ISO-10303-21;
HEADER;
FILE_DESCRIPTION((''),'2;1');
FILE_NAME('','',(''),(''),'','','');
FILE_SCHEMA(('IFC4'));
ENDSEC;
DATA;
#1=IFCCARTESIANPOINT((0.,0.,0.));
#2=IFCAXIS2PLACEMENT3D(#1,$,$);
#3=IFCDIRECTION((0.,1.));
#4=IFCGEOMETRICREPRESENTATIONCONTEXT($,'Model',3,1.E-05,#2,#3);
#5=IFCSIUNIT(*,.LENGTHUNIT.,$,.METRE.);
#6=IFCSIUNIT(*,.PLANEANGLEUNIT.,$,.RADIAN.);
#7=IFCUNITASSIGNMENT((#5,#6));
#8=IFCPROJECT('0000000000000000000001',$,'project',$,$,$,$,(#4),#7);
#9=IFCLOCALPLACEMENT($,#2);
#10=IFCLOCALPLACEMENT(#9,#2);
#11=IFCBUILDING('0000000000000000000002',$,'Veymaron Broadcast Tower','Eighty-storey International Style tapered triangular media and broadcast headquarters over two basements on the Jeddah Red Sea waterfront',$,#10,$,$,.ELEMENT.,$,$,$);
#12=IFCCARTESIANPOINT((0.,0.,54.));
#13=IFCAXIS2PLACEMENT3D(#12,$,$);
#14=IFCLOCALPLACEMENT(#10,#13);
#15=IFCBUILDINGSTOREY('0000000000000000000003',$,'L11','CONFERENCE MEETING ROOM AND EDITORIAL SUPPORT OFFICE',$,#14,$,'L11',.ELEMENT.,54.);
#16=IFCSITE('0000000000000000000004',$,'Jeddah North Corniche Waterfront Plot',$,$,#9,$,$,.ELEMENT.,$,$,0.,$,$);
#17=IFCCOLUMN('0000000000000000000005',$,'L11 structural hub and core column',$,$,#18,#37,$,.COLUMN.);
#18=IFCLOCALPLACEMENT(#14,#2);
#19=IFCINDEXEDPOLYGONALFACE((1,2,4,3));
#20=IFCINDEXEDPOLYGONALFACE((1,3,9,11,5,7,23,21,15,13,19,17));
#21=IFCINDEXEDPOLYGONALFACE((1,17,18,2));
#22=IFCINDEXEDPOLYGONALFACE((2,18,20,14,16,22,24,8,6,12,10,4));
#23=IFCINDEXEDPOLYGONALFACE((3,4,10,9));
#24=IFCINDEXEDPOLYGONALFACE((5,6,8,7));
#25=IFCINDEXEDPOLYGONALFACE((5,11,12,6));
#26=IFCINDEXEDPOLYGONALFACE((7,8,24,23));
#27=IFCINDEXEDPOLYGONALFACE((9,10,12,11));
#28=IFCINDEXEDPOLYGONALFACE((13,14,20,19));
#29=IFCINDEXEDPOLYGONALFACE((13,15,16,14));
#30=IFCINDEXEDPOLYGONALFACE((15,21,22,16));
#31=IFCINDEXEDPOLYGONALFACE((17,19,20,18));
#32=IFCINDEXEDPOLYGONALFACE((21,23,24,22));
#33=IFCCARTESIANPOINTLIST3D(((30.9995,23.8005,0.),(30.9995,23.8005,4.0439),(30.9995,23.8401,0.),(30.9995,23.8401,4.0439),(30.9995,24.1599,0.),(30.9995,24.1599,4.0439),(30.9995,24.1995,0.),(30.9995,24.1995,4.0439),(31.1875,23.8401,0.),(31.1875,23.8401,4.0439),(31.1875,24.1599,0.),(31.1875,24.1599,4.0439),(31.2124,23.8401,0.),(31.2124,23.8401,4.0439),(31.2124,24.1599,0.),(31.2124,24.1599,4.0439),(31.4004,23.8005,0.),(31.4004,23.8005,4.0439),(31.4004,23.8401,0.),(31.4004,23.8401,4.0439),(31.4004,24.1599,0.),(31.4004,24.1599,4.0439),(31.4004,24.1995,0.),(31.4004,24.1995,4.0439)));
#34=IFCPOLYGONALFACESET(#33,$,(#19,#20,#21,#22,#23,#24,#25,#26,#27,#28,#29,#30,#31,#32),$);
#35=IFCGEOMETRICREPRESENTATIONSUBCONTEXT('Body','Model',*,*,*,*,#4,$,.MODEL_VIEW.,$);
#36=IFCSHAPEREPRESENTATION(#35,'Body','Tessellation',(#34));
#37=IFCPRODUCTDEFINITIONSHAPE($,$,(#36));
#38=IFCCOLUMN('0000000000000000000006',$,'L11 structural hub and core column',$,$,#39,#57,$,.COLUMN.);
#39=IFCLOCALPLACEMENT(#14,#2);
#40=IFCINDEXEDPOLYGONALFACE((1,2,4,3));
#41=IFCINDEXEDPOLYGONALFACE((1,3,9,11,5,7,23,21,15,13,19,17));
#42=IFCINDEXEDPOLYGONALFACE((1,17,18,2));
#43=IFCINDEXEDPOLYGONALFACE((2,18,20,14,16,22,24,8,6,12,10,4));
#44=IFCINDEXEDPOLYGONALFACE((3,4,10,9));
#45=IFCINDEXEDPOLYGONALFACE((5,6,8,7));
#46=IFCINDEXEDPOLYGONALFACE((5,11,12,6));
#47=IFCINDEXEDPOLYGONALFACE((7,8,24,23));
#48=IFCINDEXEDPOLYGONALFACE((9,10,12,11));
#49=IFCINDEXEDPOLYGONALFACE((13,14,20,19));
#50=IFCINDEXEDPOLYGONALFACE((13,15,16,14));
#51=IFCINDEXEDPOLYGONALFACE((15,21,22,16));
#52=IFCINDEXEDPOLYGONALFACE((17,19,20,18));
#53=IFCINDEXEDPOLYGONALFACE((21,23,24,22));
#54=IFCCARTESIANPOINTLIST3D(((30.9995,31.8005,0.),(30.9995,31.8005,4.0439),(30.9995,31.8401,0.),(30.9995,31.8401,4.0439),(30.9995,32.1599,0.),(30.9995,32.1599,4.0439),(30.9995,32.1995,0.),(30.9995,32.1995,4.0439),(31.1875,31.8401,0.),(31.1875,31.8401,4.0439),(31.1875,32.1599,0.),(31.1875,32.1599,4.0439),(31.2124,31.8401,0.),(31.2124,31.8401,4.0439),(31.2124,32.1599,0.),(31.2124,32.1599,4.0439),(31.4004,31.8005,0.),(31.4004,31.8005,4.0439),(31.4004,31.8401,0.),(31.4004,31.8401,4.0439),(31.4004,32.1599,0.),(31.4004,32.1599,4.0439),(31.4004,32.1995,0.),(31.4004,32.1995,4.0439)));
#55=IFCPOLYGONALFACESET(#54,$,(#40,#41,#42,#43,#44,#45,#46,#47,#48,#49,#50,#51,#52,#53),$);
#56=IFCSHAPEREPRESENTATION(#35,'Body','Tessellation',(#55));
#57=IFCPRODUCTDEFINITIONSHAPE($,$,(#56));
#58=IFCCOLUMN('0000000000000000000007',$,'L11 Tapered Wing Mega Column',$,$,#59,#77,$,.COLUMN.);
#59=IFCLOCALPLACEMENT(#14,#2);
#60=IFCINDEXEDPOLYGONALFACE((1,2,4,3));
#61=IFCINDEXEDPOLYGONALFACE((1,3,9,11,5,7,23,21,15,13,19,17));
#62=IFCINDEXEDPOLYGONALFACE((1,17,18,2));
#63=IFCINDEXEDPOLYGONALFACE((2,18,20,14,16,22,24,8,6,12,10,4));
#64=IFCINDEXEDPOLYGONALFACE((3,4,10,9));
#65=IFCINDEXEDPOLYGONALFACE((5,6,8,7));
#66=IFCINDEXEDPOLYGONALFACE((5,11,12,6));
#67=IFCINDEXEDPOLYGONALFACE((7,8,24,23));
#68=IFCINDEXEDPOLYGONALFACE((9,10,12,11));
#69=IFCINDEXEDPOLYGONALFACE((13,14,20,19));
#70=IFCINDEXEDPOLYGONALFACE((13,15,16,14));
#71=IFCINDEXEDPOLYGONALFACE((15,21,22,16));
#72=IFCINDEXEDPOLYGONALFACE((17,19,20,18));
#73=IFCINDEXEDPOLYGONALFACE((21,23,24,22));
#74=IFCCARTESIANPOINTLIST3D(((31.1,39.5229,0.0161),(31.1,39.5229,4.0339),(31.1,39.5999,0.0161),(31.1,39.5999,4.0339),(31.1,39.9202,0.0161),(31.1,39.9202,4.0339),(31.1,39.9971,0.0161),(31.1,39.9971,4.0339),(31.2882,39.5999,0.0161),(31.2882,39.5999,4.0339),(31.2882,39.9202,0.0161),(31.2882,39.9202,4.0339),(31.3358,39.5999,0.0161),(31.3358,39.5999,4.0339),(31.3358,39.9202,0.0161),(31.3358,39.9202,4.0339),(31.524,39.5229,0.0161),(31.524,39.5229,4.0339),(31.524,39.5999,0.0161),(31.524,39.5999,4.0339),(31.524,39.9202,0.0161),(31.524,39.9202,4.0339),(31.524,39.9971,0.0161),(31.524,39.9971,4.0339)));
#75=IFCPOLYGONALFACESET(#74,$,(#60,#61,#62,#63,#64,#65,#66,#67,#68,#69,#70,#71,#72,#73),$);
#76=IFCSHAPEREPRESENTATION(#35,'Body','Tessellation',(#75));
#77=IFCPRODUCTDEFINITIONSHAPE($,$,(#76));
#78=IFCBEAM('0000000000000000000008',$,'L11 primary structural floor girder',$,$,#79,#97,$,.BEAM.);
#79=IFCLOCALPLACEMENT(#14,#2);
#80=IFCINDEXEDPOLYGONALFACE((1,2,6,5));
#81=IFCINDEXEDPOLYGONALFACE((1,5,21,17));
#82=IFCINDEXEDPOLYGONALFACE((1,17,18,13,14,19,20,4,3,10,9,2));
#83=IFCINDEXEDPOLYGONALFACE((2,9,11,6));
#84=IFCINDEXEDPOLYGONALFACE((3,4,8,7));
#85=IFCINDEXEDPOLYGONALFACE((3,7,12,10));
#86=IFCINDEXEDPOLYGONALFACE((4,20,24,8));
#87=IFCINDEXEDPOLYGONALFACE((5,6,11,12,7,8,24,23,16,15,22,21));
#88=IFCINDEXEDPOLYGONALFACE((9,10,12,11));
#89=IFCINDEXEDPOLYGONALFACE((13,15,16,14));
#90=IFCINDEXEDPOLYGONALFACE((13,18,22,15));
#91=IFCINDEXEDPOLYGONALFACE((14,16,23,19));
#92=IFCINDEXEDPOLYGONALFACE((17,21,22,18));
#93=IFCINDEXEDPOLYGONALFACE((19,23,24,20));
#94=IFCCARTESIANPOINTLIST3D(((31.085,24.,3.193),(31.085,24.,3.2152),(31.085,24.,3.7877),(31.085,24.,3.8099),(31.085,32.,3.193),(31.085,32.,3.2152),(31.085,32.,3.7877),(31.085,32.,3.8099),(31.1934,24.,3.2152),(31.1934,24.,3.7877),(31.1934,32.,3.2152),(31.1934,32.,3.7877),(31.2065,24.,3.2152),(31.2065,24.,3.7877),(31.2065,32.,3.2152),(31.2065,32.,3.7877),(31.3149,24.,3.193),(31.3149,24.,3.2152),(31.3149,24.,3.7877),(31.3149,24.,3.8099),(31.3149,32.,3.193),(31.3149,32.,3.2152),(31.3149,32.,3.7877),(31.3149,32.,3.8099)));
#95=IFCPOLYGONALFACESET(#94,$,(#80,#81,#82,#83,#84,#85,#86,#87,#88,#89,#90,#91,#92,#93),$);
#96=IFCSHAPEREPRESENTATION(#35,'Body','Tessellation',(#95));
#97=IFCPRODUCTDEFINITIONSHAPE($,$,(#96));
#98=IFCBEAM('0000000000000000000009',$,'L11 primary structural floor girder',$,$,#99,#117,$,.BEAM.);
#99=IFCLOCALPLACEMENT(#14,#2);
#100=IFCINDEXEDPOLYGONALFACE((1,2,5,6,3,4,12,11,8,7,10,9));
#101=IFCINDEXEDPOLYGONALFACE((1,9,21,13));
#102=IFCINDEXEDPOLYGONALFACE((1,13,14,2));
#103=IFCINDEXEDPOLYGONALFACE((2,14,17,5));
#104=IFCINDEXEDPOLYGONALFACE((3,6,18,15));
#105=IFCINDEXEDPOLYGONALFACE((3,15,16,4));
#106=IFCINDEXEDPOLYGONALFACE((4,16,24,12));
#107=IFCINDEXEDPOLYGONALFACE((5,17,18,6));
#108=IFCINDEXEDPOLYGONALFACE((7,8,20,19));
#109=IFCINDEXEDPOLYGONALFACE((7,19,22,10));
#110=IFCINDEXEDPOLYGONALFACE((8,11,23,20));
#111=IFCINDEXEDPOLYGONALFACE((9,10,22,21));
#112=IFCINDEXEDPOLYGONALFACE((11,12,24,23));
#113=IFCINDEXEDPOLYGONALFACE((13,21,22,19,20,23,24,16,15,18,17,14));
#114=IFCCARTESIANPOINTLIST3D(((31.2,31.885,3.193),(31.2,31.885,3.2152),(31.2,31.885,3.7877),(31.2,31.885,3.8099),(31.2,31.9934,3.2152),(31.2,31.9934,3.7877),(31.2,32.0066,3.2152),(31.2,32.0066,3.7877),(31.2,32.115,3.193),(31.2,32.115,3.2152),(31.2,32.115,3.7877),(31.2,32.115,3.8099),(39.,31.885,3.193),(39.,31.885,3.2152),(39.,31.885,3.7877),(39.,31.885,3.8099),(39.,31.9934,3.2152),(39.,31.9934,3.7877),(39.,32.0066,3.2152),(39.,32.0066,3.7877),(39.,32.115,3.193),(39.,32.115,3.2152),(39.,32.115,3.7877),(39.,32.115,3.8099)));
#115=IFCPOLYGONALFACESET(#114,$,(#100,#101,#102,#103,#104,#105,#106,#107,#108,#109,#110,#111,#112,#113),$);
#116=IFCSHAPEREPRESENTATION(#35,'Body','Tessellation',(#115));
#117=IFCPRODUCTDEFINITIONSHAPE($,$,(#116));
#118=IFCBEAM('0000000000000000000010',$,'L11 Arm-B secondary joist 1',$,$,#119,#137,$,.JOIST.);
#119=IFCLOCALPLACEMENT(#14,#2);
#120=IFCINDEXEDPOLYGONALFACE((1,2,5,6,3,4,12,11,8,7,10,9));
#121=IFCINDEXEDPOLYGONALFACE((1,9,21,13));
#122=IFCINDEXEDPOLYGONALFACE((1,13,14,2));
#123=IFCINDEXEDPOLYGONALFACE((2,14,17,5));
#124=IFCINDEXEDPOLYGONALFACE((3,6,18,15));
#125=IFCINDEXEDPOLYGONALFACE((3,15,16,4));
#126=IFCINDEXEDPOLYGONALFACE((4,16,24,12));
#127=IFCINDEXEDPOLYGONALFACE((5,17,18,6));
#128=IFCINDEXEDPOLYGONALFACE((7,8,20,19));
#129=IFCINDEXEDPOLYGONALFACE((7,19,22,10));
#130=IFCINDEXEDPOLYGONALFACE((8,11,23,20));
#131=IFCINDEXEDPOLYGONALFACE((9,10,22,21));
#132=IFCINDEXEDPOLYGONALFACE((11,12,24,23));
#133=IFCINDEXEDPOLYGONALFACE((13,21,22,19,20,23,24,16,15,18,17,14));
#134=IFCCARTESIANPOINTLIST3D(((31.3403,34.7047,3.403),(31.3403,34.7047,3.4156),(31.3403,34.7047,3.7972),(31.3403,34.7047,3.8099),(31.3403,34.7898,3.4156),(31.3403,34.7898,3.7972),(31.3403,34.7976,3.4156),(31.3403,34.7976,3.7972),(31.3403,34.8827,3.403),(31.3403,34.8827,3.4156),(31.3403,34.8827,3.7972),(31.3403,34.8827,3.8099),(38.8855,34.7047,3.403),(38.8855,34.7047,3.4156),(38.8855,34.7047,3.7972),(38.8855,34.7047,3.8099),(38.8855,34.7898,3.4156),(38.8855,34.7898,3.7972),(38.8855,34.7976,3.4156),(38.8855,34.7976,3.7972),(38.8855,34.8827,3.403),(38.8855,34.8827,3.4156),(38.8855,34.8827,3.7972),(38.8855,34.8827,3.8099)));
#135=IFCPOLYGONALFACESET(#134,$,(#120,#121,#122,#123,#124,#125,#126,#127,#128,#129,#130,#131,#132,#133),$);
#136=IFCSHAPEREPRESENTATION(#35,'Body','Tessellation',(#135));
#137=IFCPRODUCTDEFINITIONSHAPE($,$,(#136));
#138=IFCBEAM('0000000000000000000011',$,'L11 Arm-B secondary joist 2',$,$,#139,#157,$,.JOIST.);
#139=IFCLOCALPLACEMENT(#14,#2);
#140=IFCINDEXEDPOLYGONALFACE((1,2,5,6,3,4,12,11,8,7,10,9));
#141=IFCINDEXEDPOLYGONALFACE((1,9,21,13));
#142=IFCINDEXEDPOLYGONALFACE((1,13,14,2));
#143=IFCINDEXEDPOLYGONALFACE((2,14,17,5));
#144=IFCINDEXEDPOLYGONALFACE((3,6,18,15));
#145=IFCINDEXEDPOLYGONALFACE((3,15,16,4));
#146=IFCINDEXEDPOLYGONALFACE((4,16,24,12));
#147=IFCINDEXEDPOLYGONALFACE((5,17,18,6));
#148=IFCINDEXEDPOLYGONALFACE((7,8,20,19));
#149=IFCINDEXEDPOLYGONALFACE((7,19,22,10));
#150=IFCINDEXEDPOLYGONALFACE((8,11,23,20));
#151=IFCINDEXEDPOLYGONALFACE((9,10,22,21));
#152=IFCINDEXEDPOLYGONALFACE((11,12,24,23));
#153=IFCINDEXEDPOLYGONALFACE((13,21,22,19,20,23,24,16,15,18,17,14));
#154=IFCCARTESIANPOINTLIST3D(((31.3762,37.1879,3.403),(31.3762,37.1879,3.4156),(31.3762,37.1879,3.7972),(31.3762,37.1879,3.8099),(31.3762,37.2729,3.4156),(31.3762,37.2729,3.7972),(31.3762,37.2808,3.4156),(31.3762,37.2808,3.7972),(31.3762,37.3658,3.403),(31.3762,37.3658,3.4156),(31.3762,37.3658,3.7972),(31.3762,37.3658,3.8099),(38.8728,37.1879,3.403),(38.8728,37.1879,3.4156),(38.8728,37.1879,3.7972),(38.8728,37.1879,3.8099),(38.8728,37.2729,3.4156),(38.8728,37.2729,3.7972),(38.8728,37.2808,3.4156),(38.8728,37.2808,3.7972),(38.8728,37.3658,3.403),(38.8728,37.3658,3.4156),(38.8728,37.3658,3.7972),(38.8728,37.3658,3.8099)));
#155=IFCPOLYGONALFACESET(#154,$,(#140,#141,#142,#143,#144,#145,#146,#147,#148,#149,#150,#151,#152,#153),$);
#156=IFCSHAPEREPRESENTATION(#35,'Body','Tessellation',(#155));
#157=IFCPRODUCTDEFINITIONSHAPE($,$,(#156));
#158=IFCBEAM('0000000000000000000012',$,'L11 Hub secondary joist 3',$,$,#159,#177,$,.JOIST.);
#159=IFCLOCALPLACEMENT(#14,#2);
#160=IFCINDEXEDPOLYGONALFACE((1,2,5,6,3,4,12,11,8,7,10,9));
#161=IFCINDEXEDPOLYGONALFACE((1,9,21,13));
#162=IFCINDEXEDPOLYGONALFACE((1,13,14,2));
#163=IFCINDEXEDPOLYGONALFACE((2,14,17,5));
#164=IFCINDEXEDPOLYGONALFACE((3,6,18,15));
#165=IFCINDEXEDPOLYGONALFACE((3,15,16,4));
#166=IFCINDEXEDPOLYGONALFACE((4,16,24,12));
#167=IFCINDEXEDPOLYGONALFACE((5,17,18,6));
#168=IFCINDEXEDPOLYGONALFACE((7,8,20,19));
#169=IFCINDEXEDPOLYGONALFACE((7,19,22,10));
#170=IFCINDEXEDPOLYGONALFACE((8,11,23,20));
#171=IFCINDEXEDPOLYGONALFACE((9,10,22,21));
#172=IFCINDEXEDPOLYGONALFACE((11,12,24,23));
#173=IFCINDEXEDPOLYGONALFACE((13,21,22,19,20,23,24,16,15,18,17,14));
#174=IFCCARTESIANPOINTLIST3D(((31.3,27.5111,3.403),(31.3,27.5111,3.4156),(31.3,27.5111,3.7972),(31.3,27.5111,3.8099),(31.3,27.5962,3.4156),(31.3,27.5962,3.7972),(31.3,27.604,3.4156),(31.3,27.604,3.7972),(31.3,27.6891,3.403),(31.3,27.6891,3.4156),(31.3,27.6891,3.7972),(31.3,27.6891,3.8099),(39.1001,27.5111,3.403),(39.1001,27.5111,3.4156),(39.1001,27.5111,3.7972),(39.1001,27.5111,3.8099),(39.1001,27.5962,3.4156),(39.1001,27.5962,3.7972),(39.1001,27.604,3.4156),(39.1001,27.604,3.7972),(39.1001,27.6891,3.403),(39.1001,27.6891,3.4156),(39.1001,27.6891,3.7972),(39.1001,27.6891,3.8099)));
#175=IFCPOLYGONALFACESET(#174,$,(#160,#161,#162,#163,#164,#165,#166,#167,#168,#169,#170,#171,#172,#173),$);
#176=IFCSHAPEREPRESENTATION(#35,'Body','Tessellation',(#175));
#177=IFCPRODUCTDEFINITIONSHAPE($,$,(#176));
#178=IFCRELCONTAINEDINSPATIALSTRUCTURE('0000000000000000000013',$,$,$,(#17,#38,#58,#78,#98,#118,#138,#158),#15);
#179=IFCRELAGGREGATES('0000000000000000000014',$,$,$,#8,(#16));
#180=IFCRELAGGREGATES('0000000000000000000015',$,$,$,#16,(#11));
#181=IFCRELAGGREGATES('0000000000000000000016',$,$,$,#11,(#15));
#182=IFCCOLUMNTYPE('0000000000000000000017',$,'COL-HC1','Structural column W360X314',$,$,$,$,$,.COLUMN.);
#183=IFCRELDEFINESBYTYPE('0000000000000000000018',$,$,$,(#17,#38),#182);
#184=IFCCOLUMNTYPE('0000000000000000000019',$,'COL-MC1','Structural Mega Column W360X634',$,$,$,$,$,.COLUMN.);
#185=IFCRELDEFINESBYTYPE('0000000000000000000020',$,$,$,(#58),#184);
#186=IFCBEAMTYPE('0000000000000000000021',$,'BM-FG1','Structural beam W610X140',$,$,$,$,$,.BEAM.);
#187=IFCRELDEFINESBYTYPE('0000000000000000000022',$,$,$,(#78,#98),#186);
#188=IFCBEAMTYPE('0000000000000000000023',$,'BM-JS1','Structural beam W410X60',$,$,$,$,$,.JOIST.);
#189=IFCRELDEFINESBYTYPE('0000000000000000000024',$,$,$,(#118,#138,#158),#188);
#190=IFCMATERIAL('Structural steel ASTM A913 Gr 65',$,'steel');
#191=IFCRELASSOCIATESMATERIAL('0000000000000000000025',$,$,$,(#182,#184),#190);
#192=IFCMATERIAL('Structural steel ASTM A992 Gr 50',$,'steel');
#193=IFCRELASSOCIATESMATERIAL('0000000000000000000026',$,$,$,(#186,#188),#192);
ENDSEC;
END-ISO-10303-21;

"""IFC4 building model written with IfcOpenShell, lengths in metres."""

from ifc_helpers import new_model, si_unit, direction, frame, origin, origin_2d, place, context, subcontext, project, spatial, i_section, extrude, material, material_profile, profile_set, type_object, element, save


model = new_model("IFC4")

# Units and contexts
model_context = context("Model", 3, precision=1e-05, world=origin(), true_north=direction((0.0, 1.0)))
body_context = subcontext(model_context, "Body", "Model", "MODEL_VIEW")
ifc_project = project(units=[si_unit("LENGTHUNIT", "METRE"), si_unit("PLANEANGLEUNIT", "RADIAN")], contexts=[model_context])

# Site, building, storey
site_placement = place(None, origin())
site = spatial("IfcSite", under=ifc_project, at=site_placement, Name="Jeddah North Corniche Waterfront Plot", CompositionType="ELEMENT", RefElevation=0.0)
building_placement = place(site_placement, origin())
building = spatial("IfcBuilding", under=site, at=building_placement, Name="Veymaron Broadcast Tower", Description="Eighty-storey International Style tapered triangular media and broadcast headquarters over two basements on the Jeddah Red Sea waterfront", CompositionType="ELEMENT")
storey_placement = place(building_placement, frame((0.0, 0.0, 54.0)))
storey = spatial("IfcBuildingStorey", under=building, at=storey_placement, Name="L11", Description="CONFERENCE MEETING ROOM AND EDITORIAL SUPPORT OFFICE", LongName="L11", CompositionType="ELEMENT", Elevation=54.0)

# Columns
ifc_material_1 = material(Name="Structural steel ASTM A913 Gr 65", Category="steel")
ifc_material_profile_1 = material_profile(ifc_material_1, i_section(OverallWidth=0.4009, OverallDepth=0.3989, WebThickness=0.0249, FlangeThickness=0.0396, at=origin_2d()), Name="W360X314")
ifc_profile_set_1 = profile_set([ifc_material_profile_1], Name="Structural steel ASTM A913 Gr 65")
column_type_1 = type_object("IfcColumnType", Name="COL-HC1", Description="Structural column W360X314", PredefinedType="COLUMN", material=ifc_profile_set_1)
for number, where, z_axis, x_axis, name in (
    (1, (31.2, 24.0, 0.0), (0.0, 0.0, 1.0), (1.0, 0.0, 0.0), "L11 structural hub and core column"),
    (2, (31.2, 32.0, 0.0), (0.0, 0.0, 1.0), (1.0, 0.0, 0.0), "L11 structural hub and core column"),
):
    element("IfcColumn", number, at=place(storey_placement, frame(where, z_axis=z_axis, x_axis=x_axis)), inside=storey, type_object=column_type_1, Name=name, PredefinedType="COLUMN", context=body_context, shape_type="SweptSolid", body=[
        extrude(i_section(OverallWidth=0.4009, OverallDepth=0.3989, WebThickness=0.0249, FlangeThickness=0.0396, at=origin_2d()), origin(), (0.0, 0.0, 1.0), 4.0439),
    ])
ifc_material_profile_2 = material_profile(ifc_material_1, i_section(OverallWidth=0.4241, OverallDepth=0.4741, WebThickness=0.0476, FlangeThickness=0.0769, at=origin_2d()), Name="W360X634")
ifc_profile_set_2 = profile_set([ifc_material_profile_2], Name="Structural steel ASTM A913 Gr 65")
column_type_2 = type_object("IfcColumnType", Name="COL-MC1", Description="Structural Mega Column W360X634", PredefinedType="COLUMN", material=ifc_profile_set_2)
column_placement = place(storey_placement, frame((31.312, 39.76, 0.0161), z_axis=(0.0, 0.0, 1.0), x_axis=(1.0, 0.0, 0.0)))
element("IfcColumn", 3, at=column_placement, inside=storey, type_object=column_type_2, Name="L11 Tapered Wing Mega Column", PredefinedType="COLUMN", context=body_context, shape_type="SweptSolid", body=[
    extrude(i_section(OverallWidth=0.4241, OverallDepth=0.4741, WebThickness=0.0476, FlangeThickness=0.0769, at=origin_2d()), origin(), (0.0, 0.0, 1.0), 4.0178),
])

# Beams
ifc_material_2 = material(Name="Structural steel ASTM A992 Gr 50", Category="steel")
ifc_material_profile_3 = material_profile(ifc_material_2, i_section(OverallWidth=0.23, OverallDepth=0.6169, WebThickness=0.0132, FlangeThickness=0.0222, at=origin_2d()), Name="W610X140")
ifc_profile_set_3 = profile_set([ifc_material_profile_3], Name="Structural steel ASTM A992 Gr 50")
beam_type_1 = type_object("IfcBeamType", Name="BM-FG1", Description="Structural beam W610X140", PredefinedType="BEAM", material=ifc_profile_set_3)
beam_1_placement = place(storey_placement, frame((31.2, 24.0, 3.5015), z_axis=(0.0, 1.0, 0.0), x_axis=(-1.0, 0.0, 0.0)))
element("IfcBeam", 4, at=beam_1_placement, inside=storey, type_object=beam_type_1, Name="L11 primary structural floor girder", PredefinedType="BEAM", context=body_context, shape_type="SweptSolid", body=[
    extrude(i_section(OverallWidth=0.23, OverallDepth=0.6169, WebThickness=0.0132, FlangeThickness=0.0222, at=origin_2d()), origin(), (0.0, 0.0, 1.0), 8.0),
])
beam_2_placement = place(storey_placement, frame((31.2, 32.0, 3.5015), z_axis=(1.0, 0.0, 0.0), x_axis=(0.0, 1.0, 0.0)))
element("IfcBeam", 5, at=beam_2_placement, inside=storey, type_object=beam_type_1, Name="L11 primary structural floor girder", PredefinedType="BEAM", context=body_context, shape_type="SweptSolid", body=[
    extrude(i_section(OverallWidth=0.23, OverallDepth=0.6169, WebThickness=0.0132, FlangeThickness=0.0222, at=origin_2d()), origin(), (0.0, 0.0, 1.0), 7.8),
])
ifc_material_profile_4 = material_profile(ifc_material_2, i_section(OverallWidth=0.178, OverallDepth=0.407, WebThickness=0.0078, FlangeThickness=0.0127, at=origin_2d()), Name="W410X60")
ifc_profile_set_4 = profile_set([ifc_material_profile_4], Name="Structural steel ASTM A992 Gr 50")
beam_type_2 = type_object("IfcBeamType", Name="BM-JS1", Description="Structural beam W410X60", PredefinedType="JOIST", material=ifc_profile_set_4)
beam_3_placement = place(storey_placement, frame((31.3403, 34.7937, 3.6064), z_axis=(1.0, 0.0, 0.0), x_axis=(0.0, 1.0, 0.0)))
element("IfcBeam", 6, at=beam_3_placement, inside=storey, type_object=beam_type_2, Name="L11 Arm-B secondary joist 1", PredefinedType="JOIST", context=body_context, shape_type="SweptSolid", body=[
    extrude(i_section(OverallWidth=0.178, OverallDepth=0.407, WebThickness=0.0078, FlangeThickness=0.0127, at=origin_2d()), origin(), (0.0, 0.0, 1.0), 7.5452),
])
beam_4_placement = place(storey_placement, frame((31.3762, 37.2769, 3.6064), z_axis=(1.0, 0.0, 0.0), x_axis=(0.0, 1.0, 0.0)))
element("IfcBeam", 7, at=beam_4_placement, inside=storey, type_object=beam_type_2, Name="L11 Arm-B secondary joist 2", PredefinedType="JOIST", context=body_context, shape_type="SweptSolid", body=[
    extrude(i_section(OverallWidth=0.178, OverallDepth=0.407, WebThickness=0.0078, FlangeThickness=0.0127, at=origin_2d()), origin(), (0.0, 0.0, 1.0), 7.4966),
])
for number, where, z_axis, x_axis, name in (
    (8, (31.3, 27.6001, 3.6064), (1.0, 0.0, 0.0), (0.0, 1.0, 0.0), "L11 Hub secondary joist 3"),
):
    element("IfcBeam", number, at=place(storey_placement, frame(where, z_axis=z_axis, x_axis=x_axis)), inside=storey, type_object=beam_type_2, Name=name, PredefinedType="JOIST", context=body_context, shape_type="SweptSolid", body=[
        extrude(i_section(OverallWidth=0.178, OverallDepth=0.407, WebThickness=0.0078, FlangeThickness=0.0127, at=origin_2d()), origin(), (0.0, 0.0, 1.0), 7.8),
    ])

save(model, "model.ifc")
